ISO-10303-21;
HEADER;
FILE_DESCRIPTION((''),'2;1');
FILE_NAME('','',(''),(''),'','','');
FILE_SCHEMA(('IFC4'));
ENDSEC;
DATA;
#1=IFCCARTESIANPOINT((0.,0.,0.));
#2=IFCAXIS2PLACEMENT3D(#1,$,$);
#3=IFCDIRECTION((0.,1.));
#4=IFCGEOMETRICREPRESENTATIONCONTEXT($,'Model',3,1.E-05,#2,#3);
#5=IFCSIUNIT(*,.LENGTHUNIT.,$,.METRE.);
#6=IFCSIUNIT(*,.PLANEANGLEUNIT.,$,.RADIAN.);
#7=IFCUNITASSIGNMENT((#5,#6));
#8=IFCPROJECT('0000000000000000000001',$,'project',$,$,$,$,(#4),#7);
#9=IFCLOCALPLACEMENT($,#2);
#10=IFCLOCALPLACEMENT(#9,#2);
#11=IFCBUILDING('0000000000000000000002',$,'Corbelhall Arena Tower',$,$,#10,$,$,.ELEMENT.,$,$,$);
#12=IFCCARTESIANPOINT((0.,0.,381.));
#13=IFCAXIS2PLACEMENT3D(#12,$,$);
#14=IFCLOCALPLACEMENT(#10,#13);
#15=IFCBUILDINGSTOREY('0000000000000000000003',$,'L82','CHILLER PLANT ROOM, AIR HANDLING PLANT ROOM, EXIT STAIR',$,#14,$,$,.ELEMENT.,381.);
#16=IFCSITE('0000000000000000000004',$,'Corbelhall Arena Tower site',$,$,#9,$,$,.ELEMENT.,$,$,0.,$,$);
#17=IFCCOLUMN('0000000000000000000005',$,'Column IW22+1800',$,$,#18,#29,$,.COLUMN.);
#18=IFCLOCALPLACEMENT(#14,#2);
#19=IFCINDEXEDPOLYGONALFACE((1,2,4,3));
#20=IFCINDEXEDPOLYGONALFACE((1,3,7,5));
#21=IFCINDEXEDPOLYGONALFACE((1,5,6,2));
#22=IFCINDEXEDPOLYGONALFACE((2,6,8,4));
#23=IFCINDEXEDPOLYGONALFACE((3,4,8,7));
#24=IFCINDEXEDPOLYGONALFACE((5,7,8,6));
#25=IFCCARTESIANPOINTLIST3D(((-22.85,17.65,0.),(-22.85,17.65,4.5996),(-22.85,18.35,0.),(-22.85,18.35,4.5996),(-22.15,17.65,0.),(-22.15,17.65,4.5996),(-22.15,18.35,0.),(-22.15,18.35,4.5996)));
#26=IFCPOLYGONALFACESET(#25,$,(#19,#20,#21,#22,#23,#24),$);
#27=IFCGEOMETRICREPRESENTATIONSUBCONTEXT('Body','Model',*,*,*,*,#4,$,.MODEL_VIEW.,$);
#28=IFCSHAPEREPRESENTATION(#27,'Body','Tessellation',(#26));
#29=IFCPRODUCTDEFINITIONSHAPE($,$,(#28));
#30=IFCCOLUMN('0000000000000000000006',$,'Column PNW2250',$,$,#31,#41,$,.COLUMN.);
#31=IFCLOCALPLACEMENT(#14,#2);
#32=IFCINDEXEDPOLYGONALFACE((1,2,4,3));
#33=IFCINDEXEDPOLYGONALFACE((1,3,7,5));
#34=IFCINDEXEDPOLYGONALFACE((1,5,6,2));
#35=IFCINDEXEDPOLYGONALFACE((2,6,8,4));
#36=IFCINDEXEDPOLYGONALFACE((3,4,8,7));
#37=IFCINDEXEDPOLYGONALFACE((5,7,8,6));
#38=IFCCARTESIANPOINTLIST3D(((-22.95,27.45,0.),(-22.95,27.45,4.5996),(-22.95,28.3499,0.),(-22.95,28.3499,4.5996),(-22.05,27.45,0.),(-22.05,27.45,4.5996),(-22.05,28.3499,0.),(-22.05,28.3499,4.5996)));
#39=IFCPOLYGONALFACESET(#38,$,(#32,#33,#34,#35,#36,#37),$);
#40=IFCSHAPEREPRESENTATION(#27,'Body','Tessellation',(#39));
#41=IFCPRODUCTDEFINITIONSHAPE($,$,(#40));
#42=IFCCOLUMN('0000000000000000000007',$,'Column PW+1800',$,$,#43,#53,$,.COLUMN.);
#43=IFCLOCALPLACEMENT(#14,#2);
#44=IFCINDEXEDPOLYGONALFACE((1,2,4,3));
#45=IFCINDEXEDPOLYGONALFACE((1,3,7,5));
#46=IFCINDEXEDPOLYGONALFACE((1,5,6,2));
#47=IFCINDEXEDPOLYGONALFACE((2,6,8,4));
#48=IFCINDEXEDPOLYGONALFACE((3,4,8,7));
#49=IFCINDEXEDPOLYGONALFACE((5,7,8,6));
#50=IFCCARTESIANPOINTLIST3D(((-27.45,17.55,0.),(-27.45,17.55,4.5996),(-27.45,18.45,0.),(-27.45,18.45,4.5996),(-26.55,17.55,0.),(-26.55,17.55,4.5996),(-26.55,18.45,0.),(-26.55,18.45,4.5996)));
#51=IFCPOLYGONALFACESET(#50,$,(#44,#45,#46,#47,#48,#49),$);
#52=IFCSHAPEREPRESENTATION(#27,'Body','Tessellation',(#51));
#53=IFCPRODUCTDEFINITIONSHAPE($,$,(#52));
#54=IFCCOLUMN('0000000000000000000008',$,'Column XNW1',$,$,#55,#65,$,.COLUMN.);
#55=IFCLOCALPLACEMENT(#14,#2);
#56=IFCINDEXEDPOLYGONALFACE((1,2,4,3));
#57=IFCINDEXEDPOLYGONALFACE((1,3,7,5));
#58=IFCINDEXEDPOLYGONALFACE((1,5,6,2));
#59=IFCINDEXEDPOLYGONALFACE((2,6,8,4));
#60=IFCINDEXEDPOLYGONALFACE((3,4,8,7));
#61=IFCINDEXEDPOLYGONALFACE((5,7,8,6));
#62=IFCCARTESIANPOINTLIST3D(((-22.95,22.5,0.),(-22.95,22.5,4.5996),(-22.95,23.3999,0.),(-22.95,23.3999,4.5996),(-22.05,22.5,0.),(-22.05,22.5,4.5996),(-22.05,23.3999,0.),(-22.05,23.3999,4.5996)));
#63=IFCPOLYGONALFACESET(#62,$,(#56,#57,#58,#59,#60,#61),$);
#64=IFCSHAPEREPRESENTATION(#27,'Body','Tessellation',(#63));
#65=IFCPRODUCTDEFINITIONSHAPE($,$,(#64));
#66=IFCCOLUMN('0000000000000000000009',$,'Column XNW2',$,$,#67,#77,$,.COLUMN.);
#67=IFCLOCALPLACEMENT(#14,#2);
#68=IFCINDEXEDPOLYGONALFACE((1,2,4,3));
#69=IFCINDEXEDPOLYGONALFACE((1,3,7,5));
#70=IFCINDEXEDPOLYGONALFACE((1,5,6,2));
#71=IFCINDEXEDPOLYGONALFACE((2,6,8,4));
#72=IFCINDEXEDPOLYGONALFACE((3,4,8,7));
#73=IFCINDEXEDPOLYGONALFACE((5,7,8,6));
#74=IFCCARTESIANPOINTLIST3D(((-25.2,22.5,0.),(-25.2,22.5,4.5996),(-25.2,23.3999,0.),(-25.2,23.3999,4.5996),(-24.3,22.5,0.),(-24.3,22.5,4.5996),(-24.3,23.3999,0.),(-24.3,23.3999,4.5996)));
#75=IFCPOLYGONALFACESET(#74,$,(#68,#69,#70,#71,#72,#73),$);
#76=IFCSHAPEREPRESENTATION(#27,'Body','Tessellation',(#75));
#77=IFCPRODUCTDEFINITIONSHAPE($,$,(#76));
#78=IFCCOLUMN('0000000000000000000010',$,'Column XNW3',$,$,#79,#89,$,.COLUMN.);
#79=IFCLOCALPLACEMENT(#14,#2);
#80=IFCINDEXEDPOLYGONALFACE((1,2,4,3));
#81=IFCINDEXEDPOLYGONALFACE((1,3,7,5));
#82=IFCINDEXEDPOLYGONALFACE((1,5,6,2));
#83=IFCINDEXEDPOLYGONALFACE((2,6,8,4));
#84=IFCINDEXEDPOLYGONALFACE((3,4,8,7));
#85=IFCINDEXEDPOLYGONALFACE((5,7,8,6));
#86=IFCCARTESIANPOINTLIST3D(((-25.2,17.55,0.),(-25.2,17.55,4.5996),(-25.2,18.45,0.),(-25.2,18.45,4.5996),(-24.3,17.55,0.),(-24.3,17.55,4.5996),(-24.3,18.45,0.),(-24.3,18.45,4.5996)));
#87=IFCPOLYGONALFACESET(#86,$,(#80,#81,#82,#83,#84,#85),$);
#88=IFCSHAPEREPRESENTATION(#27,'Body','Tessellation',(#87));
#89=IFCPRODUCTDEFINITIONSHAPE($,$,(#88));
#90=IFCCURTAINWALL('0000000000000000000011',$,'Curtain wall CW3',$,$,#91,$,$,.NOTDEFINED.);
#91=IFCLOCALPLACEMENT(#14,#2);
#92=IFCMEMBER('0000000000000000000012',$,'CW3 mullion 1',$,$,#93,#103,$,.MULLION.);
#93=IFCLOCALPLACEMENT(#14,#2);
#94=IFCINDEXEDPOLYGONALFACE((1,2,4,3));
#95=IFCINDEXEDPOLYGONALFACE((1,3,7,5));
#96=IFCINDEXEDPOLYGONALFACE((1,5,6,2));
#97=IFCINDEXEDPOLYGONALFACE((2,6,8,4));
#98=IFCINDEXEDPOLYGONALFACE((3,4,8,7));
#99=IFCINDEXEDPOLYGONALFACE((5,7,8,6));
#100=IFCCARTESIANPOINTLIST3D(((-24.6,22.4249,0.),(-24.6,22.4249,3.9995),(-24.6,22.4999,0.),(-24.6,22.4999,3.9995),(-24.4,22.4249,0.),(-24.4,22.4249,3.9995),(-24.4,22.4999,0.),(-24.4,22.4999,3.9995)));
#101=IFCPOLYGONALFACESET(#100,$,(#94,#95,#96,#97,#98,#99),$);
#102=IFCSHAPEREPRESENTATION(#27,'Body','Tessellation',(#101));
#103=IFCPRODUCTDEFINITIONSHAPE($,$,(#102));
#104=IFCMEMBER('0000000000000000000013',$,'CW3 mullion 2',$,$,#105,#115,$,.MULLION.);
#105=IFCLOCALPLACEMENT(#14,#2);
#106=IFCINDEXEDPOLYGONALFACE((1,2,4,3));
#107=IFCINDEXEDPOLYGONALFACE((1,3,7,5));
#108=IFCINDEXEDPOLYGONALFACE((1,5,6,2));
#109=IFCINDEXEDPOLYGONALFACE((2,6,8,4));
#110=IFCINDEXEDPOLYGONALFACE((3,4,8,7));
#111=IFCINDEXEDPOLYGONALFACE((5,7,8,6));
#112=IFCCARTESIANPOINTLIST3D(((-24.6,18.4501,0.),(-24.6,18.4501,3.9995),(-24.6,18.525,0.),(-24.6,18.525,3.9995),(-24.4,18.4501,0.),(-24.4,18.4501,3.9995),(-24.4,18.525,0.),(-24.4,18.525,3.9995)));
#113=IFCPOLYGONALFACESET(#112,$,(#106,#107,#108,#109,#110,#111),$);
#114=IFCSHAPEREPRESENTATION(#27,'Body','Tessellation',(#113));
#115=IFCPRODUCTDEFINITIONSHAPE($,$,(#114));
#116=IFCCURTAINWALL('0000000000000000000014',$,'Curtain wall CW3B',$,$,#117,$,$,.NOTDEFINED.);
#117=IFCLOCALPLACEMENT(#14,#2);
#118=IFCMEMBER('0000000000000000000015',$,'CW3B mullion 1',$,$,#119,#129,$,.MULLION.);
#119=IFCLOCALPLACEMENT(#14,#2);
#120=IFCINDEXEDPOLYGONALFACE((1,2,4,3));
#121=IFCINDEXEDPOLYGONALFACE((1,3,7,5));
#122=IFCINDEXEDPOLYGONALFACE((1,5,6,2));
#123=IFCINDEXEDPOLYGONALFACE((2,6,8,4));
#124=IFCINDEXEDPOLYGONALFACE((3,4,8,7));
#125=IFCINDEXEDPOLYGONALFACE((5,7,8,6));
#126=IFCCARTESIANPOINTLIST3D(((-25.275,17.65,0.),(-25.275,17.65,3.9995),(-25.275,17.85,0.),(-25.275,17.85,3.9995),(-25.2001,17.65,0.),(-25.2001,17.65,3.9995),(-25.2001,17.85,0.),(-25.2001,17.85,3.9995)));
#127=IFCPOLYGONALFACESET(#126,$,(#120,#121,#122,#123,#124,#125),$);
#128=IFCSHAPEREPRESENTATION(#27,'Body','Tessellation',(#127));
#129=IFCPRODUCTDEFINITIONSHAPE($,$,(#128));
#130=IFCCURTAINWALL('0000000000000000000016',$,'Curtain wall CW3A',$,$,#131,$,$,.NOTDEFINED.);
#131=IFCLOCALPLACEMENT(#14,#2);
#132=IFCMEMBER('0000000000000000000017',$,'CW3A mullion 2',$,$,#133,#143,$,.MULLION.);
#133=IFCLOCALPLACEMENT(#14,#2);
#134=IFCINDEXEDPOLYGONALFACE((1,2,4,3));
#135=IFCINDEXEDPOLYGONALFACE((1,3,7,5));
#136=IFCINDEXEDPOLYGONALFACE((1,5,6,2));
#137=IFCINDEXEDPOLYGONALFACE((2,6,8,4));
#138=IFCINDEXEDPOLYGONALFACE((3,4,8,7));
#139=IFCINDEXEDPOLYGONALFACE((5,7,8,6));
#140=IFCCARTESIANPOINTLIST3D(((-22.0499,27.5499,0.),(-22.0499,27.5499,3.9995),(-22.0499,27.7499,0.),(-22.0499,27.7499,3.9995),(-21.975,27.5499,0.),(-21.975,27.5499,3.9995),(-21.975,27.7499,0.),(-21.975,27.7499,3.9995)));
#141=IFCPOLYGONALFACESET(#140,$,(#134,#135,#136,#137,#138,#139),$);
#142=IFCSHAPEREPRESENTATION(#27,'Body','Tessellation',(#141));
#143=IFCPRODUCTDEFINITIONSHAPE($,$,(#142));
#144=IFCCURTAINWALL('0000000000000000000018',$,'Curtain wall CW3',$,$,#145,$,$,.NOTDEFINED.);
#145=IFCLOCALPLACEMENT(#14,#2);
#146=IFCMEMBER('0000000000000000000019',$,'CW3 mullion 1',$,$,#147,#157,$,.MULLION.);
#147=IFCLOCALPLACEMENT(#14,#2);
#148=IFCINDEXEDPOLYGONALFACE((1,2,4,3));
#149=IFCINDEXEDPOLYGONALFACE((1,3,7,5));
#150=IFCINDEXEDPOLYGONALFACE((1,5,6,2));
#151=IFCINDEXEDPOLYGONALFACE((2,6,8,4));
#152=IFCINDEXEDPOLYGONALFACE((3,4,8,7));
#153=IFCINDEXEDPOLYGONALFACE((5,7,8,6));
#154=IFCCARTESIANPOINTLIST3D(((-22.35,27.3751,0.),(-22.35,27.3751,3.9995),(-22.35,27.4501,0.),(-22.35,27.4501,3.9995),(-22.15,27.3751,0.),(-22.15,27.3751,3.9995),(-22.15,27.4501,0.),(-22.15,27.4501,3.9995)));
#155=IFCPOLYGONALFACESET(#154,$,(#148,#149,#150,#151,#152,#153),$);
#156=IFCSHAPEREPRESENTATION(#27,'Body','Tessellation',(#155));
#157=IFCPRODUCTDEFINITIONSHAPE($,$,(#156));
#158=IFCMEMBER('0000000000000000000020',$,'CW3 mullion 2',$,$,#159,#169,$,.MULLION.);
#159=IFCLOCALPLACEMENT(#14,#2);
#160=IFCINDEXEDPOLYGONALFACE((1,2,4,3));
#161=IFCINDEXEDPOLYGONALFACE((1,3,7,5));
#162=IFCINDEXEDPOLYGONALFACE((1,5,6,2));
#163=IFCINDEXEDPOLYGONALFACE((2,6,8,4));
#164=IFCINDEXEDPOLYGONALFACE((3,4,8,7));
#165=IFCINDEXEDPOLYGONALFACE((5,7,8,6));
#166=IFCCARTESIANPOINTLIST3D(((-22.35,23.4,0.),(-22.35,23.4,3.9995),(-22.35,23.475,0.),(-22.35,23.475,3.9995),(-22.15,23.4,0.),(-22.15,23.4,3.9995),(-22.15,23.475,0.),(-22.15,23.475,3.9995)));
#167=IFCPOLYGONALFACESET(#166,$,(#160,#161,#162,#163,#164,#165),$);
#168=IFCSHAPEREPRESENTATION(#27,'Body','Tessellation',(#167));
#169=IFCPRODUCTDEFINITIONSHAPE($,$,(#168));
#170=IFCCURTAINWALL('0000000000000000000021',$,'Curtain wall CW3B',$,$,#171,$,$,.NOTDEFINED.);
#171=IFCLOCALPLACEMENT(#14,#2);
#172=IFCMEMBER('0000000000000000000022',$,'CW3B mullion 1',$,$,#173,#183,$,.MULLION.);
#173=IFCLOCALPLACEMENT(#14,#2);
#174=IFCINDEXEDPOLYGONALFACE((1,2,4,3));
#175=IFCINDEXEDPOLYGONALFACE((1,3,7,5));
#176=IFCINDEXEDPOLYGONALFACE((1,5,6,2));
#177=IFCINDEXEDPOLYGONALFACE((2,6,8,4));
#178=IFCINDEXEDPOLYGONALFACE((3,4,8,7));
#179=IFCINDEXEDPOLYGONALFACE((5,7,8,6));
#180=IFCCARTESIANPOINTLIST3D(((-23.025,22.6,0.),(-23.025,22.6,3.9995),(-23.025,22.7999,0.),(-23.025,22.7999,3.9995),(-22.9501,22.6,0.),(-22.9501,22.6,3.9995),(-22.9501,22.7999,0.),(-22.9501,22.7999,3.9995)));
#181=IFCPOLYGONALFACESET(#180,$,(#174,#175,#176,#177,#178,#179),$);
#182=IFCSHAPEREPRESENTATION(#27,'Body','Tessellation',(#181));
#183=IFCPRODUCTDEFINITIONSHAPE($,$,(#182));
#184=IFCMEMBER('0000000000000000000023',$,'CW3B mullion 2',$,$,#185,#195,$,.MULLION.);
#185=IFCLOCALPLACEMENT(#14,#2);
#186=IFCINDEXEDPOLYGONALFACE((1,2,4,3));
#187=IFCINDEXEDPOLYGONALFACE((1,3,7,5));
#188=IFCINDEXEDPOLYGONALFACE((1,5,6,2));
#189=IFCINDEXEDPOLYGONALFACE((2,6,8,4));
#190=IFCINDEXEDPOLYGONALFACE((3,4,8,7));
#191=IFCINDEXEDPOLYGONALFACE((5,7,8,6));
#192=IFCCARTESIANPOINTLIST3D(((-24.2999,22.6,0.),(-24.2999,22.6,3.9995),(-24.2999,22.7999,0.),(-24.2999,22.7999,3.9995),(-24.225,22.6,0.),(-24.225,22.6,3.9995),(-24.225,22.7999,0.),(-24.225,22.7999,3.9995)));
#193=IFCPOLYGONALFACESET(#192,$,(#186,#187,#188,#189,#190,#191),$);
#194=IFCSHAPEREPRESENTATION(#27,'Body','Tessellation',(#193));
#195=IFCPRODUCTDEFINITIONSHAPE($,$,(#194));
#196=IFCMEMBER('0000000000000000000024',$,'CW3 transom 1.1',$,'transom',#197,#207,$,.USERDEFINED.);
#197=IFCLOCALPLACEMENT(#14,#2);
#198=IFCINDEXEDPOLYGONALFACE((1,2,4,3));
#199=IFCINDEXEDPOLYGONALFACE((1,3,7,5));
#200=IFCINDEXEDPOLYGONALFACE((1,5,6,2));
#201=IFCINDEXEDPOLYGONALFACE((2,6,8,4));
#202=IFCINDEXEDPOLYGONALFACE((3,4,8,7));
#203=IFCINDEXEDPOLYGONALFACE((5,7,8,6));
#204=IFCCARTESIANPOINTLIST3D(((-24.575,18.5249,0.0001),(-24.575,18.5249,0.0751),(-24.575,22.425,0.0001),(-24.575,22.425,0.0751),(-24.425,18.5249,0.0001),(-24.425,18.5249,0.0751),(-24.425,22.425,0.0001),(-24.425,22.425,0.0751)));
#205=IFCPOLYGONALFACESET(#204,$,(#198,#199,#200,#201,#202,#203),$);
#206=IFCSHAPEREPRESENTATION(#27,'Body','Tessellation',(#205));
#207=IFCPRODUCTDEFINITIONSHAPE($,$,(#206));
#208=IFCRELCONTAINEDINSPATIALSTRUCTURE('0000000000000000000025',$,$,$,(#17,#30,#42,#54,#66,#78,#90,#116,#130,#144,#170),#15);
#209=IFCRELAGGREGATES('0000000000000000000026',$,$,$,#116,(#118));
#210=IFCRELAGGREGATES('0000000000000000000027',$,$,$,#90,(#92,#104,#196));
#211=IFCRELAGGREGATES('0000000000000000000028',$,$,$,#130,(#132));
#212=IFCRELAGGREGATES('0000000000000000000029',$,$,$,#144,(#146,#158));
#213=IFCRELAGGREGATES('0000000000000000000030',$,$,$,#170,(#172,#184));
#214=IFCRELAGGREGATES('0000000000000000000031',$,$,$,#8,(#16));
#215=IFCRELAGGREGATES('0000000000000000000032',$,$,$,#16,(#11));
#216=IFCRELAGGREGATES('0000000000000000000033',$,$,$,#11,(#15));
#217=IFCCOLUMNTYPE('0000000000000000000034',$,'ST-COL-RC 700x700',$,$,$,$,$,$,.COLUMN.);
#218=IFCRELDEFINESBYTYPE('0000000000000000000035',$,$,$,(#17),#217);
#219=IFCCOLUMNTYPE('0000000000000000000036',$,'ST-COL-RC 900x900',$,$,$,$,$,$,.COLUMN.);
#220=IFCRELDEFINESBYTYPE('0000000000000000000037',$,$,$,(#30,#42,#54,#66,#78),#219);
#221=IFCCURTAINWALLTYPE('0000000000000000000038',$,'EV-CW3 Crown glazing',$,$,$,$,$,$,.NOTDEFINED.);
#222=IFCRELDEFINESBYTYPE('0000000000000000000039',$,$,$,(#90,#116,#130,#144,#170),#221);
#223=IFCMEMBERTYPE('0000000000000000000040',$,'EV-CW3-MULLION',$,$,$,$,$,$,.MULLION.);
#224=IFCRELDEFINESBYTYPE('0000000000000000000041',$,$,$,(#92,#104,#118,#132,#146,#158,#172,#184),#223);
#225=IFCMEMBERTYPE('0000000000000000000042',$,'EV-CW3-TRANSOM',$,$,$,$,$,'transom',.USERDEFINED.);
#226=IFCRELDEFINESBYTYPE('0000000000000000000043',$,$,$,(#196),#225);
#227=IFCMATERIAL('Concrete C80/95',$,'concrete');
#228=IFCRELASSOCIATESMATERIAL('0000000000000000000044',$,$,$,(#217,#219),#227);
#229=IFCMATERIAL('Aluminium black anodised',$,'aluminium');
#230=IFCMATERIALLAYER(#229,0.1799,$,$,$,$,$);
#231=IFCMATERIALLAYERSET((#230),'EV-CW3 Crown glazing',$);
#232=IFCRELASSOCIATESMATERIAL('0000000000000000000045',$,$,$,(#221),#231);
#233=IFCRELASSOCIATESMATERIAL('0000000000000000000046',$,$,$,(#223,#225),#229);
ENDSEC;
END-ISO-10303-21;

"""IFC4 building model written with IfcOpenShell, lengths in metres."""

from ifc_helpers import new_model, si_unit, direction, frame, origin, origin_2d, place, context, subcontext, project, spatial, rectangle, extrude, material, layer, layer_set, material_profile, profile_set, type_object, element, aggregate, save


model = new_model("IFC4")

# Units and contexts
model_context = context("Model", 3, precision=1e-05, world=origin(), true_north=direction((0.0, 1.0)))
body_context = subcontext(model_context, "Body", "Model", "MODEL_VIEW")
ifc_project = project(units=[si_unit("LENGTHUNIT", "METRE"), si_unit("PLANEANGLEUNIT", "RADIAN")], contexts=[model_context])

# Site, building, storey
site_placement = place(None, origin())
site = spatial("IfcSite", under=ifc_project, at=site_placement, Name="Corbelhall Arena Tower site", CompositionType="ELEMENT", RefElevation=0.0)
building_placement = place(site_placement, origin())
building = spatial("IfcBuilding", under=site, at=building_placement, Name="Corbelhall Arena Tower", CompositionType="ELEMENT")
storey_placement = place(building_placement, frame((0.0, 0.0, 381.0)))
storey = spatial("IfcBuildingStorey", under=building, at=storey_placement, Name="L82", Description="CHILLER PLANT ROOM, AIR HANDLING PLANT ROOM, EXIT STAIR", CompositionType="ELEMENT", Elevation=381.0)

# Columns
ifc_material_1 = material(Name="Concrete C80/95", Category="concrete")
ifc_material_profile_1 = material_profile(ifc_material_1, rectangle(XDim=0.7, YDim=0.7, at=origin_2d()))
ifc_profile_set_1 = profile_set([ifc_material_profile_1], Name="Concrete C80/95")
column_type_1 = type_object("IfcColumnType", Name="ST-COL-RC 700x700", PredefinedType="COLUMN", material=ifc_profile_set_1)
column_placement = place(storey_placement, frame((-22.5, 18.0, 0.0), z_axis=(0.0, 0.0, 1.0), x_axis=(1.0, 0.0, 0.0)))
element("IfcColumn", 1, at=column_placement, inside=storey, type_object=column_type_1, Name="Column IW22+1800", PredefinedType="COLUMN", context=body_context, shape_type="SweptSolid", body=[
    extrude(rectangle(XDim=0.7, YDim=0.7, at=origin_2d()), origin(), (0.0, 0.0, 1.0), 4.5996),
])
ifc_material_profile_2 = material_profile(ifc_material_1, rectangle(XDim=0.8999, YDim=0.8999, at=origin_2d()))
ifc_profile_set_2 = profile_set([ifc_material_profile_2], Name="Concrete C80/95")
column_type_2 = type_object("IfcColumnType", Name="ST-COL-RC 900x900", PredefinedType="COLUMN", material=ifc_profile_set_2)
for number, where, z_axis, x_axis, name in (
    (2, (-22.5, 27.8999, 0.0), (0.0, 0.0, 1.0), (1.0, 0.0, 0.0), "Column PNW2250"),
    (3, (-27.0, 18.0, 0.0), (0.0, 0.0, 1.0), (0.0, 1.0, 0.0), "Column PW+1800"),
    (4, (-22.5, 22.95, 0.0), (0.0, 0.0, 1.0), (1.0, 0.0, 0.0), "Column XNW1"),
    (5, (-24.75, 22.95, 0.0), (0.0, 0.0, 1.0), (1.0, 0.0, 0.0), "Column XNW2"),
    (6, (-24.75, 18.0, 0.0), (0.0, 0.0, 1.0), (1.0, 0.0, 0.0), "Column XNW3"),
):
    element("IfcColumn", number, at=place(storey_placement, frame(where, z_axis=z_axis, x_axis=x_axis)), inside=storey, type_object=column_type_2, Name=name, PredefinedType="COLUMN", context=body_context, shape_type="SweptSolid", body=[
        extrude(rectangle(XDim=0.8999, YDim=0.8999, at=origin_2d()), origin(), (0.0, 0.0, 1.0), 4.5996),
    ])

# Curtain wall, members
ifc_material_2 = material(Name="Aluminium black anodised", Category="aluminium")
ifc_layer_1 = layer(ifc_material_2, 0.1799)
ifc_layer_set_1 = layer_set([ifc_layer_1], Name="EV-CW3 Crown glazing")
curtain_wall_type = type_object("IfcCurtainWallType", Name="EV-CW3 Crown glazing", PredefinedType="NOTDEFINED", material=ifc_layer_set_1)
curtain_wall_1_placement = place(storey_placement, origin())
curtain_wall_1 = element("IfcCurtainWall", 7, at=curtain_wall_1_placement, inside=storey, type_object=curtain_wall_type, Name="Curtain wall CW3", PredefinedType="NOTDEFINED")
ifc_material_profile_3 = material_profile(ifc_material_2, rectangle(XDim=0.2, YDim=0.075, at=origin_2d()))
ifc_profile_set_3 = profile_set([ifc_material_profile_3], Name="Aluminium black anodised")
member_type_1 = type_object("IfcMemberType", Name="EV-CW3-MULLION", PredefinedType="MULLION", material=ifc_profile_set_3)
member_1_placement = place(storey_placement, frame((-24.5, 22.4624, 0.0), z_axis=(0.0, 0.0, 1.0), x_axis=(1.0, 0.0, 0.0)))
member_1 = element("IfcMember", 8, at=member_1_placement, type_object=member_type_1, Name="CW3 mullion 1", PredefinedType="MULLION", context=body_context, shape_type="SweptSolid", body=[
    extrude(rectangle(XDim=0.2, YDim=0.075, at=origin_2d()), origin(), (0.0, 0.0, 1.0), 3.9995),
])
member_2_placement = place(storey_placement, frame((-24.5, 18.4875, 0.0), z_axis=(0.0, 0.0, 1.0), x_axis=(1.0, 0.0, 0.0)))
member_2 = element("IfcMember", 9, at=member_2_placement, type_object=member_type_1, Name="CW3 mullion 2", PredefinedType="MULLION", context=body_context, shape_type="SweptSolid", body=[
    extrude(rectangle(XDim=0.2, YDim=0.075, at=origin_2d()), origin(), (0.0, 0.0, 1.0), 3.9995),
])

# Curtain walls, members
curtain_wall_2_placement = place(storey_placement, origin())
curtain_wall_2 = element("IfcCurtainWall", 10, at=curtain_wall_2_placement, inside=storey, type_object=curtain_wall_type, Name="Curtain wall CW3B", PredefinedType="NOTDEFINED")
member_3_placement = place(storey_placement, frame((-25.2375, 17.75, 0.0), z_axis=(0.0, 0.0, 1.0), x_axis=(0.0, -1.0, 0.0)))
member_3 = element("IfcMember", 11, at=member_3_placement, type_object=member_type_1, Name="CW3B mullion 1", PredefinedType="MULLION", context=body_context, shape_type="SweptSolid", body=[
    extrude(rectangle(XDim=0.2, YDim=0.075, at=origin_2d()), origin(), (0.0, 0.0, 1.0), 3.9995),
])
aggregate(curtain_wall_2, [member_3])
curtain_wall_3_placement = place(storey_placement, origin())
curtain_wall_3 = element("IfcCurtainWall", 12, at=curtain_wall_3_placement, inside=storey, type_object=curtain_wall_type, Name="Curtain wall CW3A", PredefinedType="NOTDEFINED")
member_4_placement = place(storey_placement, frame((-22.0125, 27.6499, 0.0), z_axis=(0.0, 0.0, 1.0), x_axis=(0.0, -1.0, 0.0)))
member_4 = element("IfcMember", 13, at=member_4_placement, type_object=member_type_1, Name="CW3A mullion 2", PredefinedType="MULLION", context=body_context, shape_type="SweptSolid", body=[
    extrude(rectangle(XDim=0.2, YDim=0.075, at=origin_2d()), origin(), (0.0, 0.0, 1.0), 3.9995),
])

# Curtain walls, members
curtain_wall_4_placement = place(storey_placement, origin())
curtain_wall_4 = element("IfcCurtainWall", 14, at=curtain_wall_4_placement, inside=storey, type_object=curtain_wall_type, Name="Curtain wall CW3", PredefinedType="NOTDEFINED")
member_5_placement = place(storey_placement, frame((-22.25, 27.4126, 0.0), z_axis=(0.0, 0.0, 1.0), x_axis=(1.0, 0.0, 0.0)))
member_5 = element("IfcMember", 15, at=member_5_placement, type_object=member_type_1, Name="CW3 mullion 1", PredefinedType="MULLION", context=body_context, shape_type="SweptSolid", body=[
    extrude(rectangle(XDim=0.2, YDim=0.075, at=origin_2d()), origin(), (0.0, 0.0, 1.0), 3.9995),
])
member_6_placement = place(storey_placement, frame((-22.25, 23.4375, 0.0), z_axis=(0.0, 0.0, 1.0), x_axis=(1.0, 0.0, 0.0)))
member_6 = element("IfcMember", 16, at=member_6_placement, type_object=member_type_1, Name="CW3 mullion 2", PredefinedType="MULLION", context=body_context, shape_type="SweptSolid", body=[
    extrude(rectangle(XDim=0.2, YDim=0.075, at=origin_2d()), origin(), (0.0, 0.0, 1.0), 3.9995),
])
curtain_wall_5_placement = place(storey_placement, origin())
curtain_wall_5 = element("IfcCurtainWall", 17, at=curtain_wall_5_placement, inside=storey, type_object=curtain_wall_type, Name="Curtain wall CW3B", PredefinedType="NOTDEFINED")
member_7_placement = place(storey_placement, frame((-22.9875, 22.7, 0.0), z_axis=(0.0, 0.0, 1.0), x_axis=(0.0, -1.0, 0.0)))
member_7 = element("IfcMember", 18, at=member_7_placement, type_object=member_type_1, Name="CW3B mullion 1", PredefinedType="MULLION", context=body_context, shape_type="SweptSolid", body=[
    extrude(rectangle(XDim=0.2, YDim=0.075, at=origin_2d()), origin(), (0.0, 0.0, 1.0), 3.9995),
])
member_8_placement = place(storey_placement, frame((-24.2625, 22.7, 0.0), z_axis=(0.0, 0.0, 1.0), x_axis=(0.0, -1.0, 0.0)))
member_8 = element("IfcMember", 19, at=member_8_placement, type_object=member_type_1, Name="CW3B mullion 2", PredefinedType="MULLION", context=body_context, shape_type="SweptSolid", body=[
    extrude(rectangle(XDim=0.2, YDim=0.075, at=origin_2d()), origin(), (0.0, 0.0, 1.0), 3.9995),
])

# Member
ifc_material_profile_4 = material_profile(ifc_material_2, rectangle(XDim=0.1499, YDim=0.075, at=origin_2d()))
ifc_profile_set_4 = profile_set([ifc_material_profile_4], Name="Aluminium black anodised")
member_type_2 = type_object("IfcMemberType", Name="EV-CW3-TRANSOM", ElementType="transom", PredefinedType="USERDEFINED", material=ifc_profile_set_4)
member_9_placement = place(storey_placement, frame((-24.5, 22.425, 0.0376), z_axis=(0.0, -1.0, 0.0), x_axis=(1.0, 0.0, 0.0)))
member_9 = element("IfcMember", 20, at=member_9_placement, type_object=member_type_2, Name="CW3 transom 1.1", ObjectType="transom", PredefinedType="USERDEFINED", context=body_context, shape_type="SweptSolid", body=[
    extrude(rectangle(XDim=0.1499, YDim=0.075, at=origin_2d()), origin(), (0.0, 0.0, 1.0), 3.9001),
])

aggregate(curtain_wall_1, [member_1, member_2, member_9])
aggregate(curtain_wall_3, [member_4])
aggregate(curtain_wall_4, [member_5, member_6])
aggregate(curtain_wall_5, [member_7, member_8])

save(model, "model.ifc")
